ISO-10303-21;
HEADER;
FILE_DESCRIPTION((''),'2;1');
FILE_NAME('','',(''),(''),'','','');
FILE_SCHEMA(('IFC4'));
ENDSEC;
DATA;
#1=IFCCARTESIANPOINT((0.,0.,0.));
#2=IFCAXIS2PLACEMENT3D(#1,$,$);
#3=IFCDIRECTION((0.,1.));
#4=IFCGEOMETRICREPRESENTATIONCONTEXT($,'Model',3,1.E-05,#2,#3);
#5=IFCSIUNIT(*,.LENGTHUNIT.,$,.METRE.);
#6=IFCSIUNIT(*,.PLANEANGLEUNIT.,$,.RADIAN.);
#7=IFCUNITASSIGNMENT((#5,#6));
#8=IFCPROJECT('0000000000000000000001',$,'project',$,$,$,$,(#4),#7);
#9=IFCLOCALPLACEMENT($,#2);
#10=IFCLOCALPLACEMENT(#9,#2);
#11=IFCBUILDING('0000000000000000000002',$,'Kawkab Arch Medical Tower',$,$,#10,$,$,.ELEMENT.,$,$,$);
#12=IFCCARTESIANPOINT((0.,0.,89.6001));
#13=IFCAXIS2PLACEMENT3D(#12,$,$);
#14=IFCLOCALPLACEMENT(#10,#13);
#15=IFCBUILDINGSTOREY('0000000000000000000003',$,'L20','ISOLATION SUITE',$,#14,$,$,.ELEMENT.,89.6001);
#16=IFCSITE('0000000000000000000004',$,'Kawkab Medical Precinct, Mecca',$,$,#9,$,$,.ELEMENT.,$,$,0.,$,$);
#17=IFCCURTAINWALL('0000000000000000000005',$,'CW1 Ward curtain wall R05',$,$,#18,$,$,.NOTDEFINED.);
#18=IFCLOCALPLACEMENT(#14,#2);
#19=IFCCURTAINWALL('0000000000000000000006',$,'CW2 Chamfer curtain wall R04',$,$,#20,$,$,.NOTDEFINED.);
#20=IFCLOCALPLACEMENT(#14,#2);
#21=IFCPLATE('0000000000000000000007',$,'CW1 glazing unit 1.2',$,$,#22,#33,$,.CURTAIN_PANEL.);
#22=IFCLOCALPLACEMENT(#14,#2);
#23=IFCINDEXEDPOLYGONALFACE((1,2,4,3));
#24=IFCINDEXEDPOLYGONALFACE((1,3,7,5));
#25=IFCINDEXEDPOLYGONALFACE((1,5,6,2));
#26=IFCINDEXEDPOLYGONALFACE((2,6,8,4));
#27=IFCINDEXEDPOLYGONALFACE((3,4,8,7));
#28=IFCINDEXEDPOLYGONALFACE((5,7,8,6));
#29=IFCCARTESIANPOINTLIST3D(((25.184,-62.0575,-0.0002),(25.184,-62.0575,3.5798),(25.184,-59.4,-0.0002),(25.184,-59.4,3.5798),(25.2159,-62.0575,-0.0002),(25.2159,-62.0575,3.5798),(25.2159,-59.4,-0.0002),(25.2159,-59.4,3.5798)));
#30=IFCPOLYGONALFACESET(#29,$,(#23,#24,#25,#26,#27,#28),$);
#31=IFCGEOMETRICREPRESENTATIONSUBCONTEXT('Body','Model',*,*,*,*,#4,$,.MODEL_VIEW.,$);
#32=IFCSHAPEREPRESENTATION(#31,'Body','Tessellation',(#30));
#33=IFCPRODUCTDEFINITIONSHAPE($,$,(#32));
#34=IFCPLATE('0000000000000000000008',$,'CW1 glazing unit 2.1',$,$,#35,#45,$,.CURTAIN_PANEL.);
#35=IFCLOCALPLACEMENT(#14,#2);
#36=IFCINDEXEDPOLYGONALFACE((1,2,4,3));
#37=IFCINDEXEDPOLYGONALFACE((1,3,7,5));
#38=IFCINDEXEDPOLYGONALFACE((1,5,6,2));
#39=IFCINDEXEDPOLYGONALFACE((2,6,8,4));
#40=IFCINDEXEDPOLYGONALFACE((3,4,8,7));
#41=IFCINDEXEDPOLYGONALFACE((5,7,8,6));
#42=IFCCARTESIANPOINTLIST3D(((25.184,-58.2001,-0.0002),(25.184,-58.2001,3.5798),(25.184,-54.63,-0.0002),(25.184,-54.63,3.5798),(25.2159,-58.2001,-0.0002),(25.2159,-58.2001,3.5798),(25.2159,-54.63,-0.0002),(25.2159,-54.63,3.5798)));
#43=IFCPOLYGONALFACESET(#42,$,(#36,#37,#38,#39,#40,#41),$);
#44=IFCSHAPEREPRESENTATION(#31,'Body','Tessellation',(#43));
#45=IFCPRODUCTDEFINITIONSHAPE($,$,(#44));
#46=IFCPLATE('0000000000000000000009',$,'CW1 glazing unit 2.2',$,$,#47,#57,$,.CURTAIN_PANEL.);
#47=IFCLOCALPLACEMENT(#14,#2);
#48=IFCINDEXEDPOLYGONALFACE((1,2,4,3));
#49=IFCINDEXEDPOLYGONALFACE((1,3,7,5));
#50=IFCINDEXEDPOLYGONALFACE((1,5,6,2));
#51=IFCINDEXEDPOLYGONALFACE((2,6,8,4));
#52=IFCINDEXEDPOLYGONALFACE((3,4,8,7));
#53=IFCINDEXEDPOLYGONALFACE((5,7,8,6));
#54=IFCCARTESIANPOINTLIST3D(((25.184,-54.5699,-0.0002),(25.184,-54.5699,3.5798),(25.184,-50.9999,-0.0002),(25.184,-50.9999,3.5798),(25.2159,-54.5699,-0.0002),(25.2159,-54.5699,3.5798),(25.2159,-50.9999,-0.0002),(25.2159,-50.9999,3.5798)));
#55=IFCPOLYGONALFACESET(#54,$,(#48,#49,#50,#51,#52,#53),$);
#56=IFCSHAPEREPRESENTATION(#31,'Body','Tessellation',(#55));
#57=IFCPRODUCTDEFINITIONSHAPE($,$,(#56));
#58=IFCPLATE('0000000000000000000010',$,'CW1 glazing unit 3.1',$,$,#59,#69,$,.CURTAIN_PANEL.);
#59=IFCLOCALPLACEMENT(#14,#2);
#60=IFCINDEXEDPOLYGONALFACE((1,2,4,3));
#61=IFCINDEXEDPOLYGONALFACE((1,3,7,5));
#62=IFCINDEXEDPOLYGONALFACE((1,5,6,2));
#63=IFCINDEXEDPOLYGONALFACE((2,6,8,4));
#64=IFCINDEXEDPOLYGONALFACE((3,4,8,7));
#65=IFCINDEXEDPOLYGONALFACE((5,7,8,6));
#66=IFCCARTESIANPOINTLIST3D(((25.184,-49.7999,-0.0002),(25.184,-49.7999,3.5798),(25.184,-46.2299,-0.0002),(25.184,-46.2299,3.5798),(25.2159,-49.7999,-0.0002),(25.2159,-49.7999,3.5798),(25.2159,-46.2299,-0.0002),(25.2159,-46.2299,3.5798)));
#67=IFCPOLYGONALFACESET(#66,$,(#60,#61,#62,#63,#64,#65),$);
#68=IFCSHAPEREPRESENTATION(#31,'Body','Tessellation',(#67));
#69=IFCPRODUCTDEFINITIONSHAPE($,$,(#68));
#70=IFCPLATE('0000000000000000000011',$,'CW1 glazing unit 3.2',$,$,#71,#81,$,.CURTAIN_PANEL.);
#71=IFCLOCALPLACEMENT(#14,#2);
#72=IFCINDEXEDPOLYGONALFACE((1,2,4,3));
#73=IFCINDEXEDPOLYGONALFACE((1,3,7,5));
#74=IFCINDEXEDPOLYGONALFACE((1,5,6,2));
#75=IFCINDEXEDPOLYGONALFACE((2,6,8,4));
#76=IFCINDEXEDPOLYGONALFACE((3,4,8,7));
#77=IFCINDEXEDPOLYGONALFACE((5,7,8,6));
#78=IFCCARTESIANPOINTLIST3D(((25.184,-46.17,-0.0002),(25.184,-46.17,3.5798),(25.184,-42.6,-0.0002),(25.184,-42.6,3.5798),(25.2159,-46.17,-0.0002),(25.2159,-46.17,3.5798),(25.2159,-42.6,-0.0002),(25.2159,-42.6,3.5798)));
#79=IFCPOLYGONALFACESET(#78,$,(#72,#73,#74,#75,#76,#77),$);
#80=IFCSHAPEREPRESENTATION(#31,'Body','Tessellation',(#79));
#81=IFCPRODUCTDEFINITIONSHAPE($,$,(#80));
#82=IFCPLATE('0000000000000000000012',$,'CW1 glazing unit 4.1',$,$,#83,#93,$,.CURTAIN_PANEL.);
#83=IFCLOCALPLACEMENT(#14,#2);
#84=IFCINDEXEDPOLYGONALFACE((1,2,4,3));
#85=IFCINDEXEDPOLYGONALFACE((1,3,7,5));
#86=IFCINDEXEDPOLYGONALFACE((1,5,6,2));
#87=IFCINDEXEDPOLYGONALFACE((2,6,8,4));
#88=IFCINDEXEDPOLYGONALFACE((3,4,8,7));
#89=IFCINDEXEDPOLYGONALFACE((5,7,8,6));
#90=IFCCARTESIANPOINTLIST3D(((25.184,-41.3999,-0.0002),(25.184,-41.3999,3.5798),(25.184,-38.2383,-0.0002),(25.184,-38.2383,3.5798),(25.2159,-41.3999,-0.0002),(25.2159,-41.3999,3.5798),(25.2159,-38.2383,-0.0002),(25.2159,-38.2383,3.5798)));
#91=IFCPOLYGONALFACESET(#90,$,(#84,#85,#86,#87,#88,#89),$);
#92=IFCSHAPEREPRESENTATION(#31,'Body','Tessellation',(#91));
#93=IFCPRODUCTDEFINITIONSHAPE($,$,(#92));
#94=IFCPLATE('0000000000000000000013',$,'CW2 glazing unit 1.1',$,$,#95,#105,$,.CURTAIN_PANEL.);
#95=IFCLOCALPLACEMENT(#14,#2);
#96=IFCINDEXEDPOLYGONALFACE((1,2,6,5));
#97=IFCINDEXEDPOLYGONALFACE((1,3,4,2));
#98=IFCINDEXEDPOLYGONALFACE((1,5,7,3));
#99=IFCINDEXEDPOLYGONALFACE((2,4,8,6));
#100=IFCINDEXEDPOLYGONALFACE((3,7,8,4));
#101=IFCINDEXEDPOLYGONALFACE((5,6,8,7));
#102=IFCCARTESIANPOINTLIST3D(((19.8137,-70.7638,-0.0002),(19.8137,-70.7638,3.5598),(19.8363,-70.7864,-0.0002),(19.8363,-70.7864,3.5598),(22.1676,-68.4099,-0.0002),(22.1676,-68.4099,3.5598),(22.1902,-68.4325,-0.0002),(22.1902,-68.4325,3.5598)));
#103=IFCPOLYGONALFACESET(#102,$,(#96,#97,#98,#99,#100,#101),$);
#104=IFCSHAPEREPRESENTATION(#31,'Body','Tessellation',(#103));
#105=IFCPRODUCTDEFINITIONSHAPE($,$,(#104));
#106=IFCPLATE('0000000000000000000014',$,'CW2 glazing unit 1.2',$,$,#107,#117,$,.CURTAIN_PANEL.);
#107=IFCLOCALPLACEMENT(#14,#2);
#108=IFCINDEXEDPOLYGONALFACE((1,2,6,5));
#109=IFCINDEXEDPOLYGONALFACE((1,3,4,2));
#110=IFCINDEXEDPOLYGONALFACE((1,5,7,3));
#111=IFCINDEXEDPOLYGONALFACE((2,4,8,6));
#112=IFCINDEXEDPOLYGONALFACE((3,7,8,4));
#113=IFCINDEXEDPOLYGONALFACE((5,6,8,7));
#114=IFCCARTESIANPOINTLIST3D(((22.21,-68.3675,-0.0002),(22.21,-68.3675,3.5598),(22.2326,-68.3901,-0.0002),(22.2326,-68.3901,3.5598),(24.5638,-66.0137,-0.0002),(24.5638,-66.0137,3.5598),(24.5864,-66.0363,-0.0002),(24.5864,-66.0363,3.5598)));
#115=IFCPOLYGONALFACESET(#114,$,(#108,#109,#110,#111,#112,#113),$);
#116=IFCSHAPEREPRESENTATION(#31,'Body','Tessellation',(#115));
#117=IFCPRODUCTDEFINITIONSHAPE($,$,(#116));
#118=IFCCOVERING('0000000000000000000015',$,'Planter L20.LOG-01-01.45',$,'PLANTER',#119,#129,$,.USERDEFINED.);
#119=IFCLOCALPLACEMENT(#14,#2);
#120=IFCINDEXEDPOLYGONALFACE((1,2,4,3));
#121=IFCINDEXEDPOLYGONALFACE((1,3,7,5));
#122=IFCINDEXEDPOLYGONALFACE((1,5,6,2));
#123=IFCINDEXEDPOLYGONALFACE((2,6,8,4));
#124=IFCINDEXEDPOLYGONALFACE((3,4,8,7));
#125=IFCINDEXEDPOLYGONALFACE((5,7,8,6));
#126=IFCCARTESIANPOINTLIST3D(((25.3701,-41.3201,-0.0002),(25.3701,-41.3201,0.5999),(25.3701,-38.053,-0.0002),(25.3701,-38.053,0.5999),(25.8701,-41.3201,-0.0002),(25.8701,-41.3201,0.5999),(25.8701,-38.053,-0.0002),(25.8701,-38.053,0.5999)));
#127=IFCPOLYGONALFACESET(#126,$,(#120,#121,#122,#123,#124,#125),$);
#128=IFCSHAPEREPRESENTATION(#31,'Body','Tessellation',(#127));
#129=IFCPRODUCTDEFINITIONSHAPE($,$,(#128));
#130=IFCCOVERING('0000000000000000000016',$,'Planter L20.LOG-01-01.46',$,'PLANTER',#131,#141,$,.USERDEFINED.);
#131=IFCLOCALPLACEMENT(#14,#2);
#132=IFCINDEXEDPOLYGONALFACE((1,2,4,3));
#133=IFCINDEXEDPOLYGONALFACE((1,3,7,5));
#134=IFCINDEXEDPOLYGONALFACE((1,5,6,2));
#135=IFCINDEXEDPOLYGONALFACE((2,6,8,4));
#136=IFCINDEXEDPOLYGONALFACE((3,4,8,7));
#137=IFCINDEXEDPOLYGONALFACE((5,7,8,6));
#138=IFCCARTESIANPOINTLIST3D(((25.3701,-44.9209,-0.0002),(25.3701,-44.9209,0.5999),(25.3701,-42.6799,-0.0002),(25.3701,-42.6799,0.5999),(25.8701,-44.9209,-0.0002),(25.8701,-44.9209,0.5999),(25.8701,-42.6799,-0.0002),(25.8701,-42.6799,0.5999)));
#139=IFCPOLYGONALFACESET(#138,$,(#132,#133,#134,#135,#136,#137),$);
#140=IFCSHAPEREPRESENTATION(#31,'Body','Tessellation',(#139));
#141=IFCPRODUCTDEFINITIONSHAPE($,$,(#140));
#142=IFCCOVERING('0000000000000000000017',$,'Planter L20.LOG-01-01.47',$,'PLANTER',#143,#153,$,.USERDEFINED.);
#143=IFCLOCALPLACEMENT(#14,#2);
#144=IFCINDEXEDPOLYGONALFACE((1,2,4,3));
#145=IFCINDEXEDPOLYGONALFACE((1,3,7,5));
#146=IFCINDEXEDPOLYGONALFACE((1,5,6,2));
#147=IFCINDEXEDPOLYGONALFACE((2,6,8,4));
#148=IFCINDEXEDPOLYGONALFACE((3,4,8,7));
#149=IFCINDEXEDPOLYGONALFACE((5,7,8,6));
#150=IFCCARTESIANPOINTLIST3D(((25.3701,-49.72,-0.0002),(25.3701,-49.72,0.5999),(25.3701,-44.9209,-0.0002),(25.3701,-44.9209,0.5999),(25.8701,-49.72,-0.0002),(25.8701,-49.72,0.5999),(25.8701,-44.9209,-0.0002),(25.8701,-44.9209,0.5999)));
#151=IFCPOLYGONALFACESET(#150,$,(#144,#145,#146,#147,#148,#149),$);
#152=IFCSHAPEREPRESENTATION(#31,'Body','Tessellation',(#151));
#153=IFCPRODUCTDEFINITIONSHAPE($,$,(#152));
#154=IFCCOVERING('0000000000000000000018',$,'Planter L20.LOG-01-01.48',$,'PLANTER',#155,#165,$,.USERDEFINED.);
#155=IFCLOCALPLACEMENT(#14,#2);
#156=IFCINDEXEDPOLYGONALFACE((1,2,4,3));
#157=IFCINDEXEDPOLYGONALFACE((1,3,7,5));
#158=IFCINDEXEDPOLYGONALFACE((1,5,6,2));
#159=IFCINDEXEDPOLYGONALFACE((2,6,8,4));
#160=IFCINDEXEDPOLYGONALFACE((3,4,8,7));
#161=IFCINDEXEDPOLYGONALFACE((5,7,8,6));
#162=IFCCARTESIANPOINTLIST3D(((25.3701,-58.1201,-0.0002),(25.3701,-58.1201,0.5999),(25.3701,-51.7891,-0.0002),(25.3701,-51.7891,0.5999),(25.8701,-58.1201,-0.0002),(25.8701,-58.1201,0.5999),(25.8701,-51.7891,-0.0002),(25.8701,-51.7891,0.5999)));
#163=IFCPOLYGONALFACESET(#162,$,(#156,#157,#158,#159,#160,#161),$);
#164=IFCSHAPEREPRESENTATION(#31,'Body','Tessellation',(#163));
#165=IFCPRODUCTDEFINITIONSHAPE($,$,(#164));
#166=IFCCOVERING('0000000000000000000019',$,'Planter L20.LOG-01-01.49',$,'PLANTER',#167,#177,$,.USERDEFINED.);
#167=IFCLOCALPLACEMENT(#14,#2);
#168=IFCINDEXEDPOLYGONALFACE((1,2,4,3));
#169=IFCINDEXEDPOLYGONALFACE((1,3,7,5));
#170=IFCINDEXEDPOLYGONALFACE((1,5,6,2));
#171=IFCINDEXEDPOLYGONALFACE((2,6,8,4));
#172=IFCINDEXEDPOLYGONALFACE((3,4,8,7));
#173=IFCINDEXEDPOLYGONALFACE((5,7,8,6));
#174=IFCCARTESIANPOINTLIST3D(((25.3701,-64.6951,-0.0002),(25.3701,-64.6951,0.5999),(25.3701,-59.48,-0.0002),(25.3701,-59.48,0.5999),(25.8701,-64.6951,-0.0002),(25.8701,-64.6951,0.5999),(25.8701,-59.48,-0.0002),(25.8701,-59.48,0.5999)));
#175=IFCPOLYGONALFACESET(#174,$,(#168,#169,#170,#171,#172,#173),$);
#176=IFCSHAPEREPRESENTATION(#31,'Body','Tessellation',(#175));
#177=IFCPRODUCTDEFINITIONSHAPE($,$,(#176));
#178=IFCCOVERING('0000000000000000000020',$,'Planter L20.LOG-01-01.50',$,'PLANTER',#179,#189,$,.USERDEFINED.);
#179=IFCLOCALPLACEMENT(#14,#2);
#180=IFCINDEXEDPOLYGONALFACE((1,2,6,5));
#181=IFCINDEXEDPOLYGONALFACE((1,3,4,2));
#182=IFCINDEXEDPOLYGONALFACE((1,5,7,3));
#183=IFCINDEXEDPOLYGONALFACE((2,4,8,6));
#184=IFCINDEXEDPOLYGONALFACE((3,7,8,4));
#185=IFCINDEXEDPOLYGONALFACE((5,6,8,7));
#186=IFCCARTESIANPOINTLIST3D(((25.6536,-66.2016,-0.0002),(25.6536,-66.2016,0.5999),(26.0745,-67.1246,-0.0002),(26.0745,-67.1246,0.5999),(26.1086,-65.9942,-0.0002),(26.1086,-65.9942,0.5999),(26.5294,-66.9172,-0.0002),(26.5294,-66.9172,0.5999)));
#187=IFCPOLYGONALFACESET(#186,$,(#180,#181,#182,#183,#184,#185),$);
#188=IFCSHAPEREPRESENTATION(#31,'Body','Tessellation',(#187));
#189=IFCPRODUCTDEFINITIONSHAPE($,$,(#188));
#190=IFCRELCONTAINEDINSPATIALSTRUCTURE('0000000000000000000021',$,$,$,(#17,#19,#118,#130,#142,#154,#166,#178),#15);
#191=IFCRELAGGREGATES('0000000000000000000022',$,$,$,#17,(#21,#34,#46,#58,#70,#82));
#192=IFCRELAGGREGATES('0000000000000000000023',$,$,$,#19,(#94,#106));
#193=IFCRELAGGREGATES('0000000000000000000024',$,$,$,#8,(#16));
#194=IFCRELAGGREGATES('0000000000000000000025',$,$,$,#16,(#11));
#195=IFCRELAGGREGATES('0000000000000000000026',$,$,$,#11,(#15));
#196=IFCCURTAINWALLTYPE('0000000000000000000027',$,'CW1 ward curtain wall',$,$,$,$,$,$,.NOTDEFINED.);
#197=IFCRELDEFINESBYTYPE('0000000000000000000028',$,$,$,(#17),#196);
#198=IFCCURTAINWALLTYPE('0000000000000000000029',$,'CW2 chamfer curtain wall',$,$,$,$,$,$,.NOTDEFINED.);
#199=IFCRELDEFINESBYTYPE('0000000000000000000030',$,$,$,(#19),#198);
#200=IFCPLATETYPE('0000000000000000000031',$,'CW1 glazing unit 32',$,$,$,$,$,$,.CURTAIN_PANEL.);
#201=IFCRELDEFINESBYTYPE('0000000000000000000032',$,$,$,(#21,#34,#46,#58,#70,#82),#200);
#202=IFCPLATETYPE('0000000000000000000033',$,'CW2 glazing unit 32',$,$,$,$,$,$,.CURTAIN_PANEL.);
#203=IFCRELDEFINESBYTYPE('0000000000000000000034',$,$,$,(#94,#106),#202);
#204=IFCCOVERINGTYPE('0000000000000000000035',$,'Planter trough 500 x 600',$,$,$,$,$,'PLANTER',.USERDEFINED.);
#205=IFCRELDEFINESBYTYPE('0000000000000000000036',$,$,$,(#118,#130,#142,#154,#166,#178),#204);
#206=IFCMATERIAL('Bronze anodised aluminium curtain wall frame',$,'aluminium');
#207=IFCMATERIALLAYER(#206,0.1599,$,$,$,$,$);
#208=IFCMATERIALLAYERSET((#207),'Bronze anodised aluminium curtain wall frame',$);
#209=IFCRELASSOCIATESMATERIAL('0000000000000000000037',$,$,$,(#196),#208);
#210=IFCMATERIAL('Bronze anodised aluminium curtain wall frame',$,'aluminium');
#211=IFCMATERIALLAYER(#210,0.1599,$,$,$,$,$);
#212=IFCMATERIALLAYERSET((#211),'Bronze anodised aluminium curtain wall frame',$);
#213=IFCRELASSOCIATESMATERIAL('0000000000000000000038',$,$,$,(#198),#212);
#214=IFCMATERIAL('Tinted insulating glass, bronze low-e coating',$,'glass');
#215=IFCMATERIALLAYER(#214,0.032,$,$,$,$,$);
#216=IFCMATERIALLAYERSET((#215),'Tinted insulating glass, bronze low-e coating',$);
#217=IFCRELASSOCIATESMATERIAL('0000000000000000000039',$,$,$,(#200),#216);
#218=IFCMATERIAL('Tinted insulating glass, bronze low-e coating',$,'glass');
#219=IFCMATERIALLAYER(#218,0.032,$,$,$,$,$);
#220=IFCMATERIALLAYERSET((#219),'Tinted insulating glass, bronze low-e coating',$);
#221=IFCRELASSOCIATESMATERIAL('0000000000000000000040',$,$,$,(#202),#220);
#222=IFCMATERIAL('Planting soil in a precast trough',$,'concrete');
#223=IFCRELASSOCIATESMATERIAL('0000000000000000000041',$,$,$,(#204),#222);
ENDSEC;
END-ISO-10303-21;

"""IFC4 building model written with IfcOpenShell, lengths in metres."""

from ifc_helpers import new_model, si_unit, direction, frame, origin, origin_2d, place, context, subcontext, project, spatial, rectangle, extrude, material, layer, layer_set, material_profile, profile_set, type_object, element, aggregate, save


model = new_model("IFC4")

# Units and contexts
model_context = context("Model", 3, precision=1e-05, world=origin(), true_north=direction((0.0, 1.0)))
body_context = subcontext(model_context, "Body", "Model", "MODEL_VIEW")
ifc_project = project(units=[si_unit("LENGTHUNIT", "METRE"), si_unit("PLANEANGLEUNIT", "RADIAN")], contexts=[model_context])

# Site, building, storey
site_placement = place(None, origin())
site = spatial("IfcSite", under=ifc_project, at=site_placement, Name="Kawkab Medical Precinct, Mecca", CompositionType="ELEMENT", RefElevation=0.0)
building_placement = place(site_placement, origin())
building = spatial("IfcBuilding", under=site, at=building_placement, Name="Kawkab Arch Medical Tower", CompositionType="ELEMENT")
storey_placement = place(building_placement, frame((0.0, 0.0, 89.6001)))
storey = spatial("IfcBuildingStorey", under=building, at=storey_placement, Name="L20", Description="ISOLATION SUITE", CompositionType="ELEMENT", Elevation=89.6001)

# Curtain wall
ifc_material_1 = material(Name="Bronze anodised aluminium curtain wall frame", Category="aluminium")
ifc_layer_1 = layer(ifc_material_1, 0.1599)
ifc_layer_set_1 = layer_set([ifc_layer_1], Name="Bronze anodised aluminium curtain wall frame")
curtain_wall_type_1 = type_object("IfcCurtainWallType", Name="CW1 ward curtain wall", PredefinedType="NOTDEFINED", material=ifc_layer_set_1)
placement = place(storey_placement, origin())
curtain_wall_1 = element("IfcCurtainWall", 1, at=placement, inside=storey, type_object=curtain_wall_type_1, Name="CW1 Ward curtain wall R05", PredefinedType="NOTDEFINED")

# Curtain wall
ifc_material_2 = material(Name="Bronze anodised aluminium curtain wall frame", Category="aluminium")
ifc_layer_2 = layer(ifc_material_2, 0.1599)
ifc_layer_set_2 = layer_set([ifc_layer_2], Name="Bronze anodised aluminium curtain wall frame")
curtain_wall_type_2 = type_object("IfcCurtainWallType", Name="CW2 chamfer curtain wall", PredefinedType="NOTDEFINED", material=ifc_layer_set_2)
curtain_wall_2 = element("IfcCurtainWall", 2, at=placement, inside=storey, type_object=curtain_wall_type_2, Name="CW2 Chamfer curtain wall R04", PredefinedType="NOTDEFINED")

# Plates
ifc_material_3 = material(Name="Tinted insulating glass, bronze low-e coating", Category="glass")
ifc_layer_3 = layer(ifc_material_3, 0.032)
ifc_layer_set_3 = layer_set([ifc_layer_3], Name="Tinted insulating glass, bronze low-e coating")
plate_type_1 = type_object("IfcPlateType", Name="CW1 glazing unit 32", PredefinedType="CURTAIN_PANEL", material=ifc_layer_set_3)
plate_1_placement = place(storey_placement, frame((25.2, -60.7288, -0.0002), z_axis=(0.0, 0.0, 1.0), x_axis=(0.0, 1.0, 0.0)))
plate_1 = element("IfcPlate", 3, at=plate_1_placement, type_object=plate_type_1, Name="CW1 glazing unit 1.2", PredefinedType="CURTAIN_PANEL", context=body_context, shape_type="SweptSolid", body=[
    extrude(rectangle(XDim=2.6575, YDim=0.032, at=origin_2d()), origin(), (0.0, 0.0, 1.0), 3.5801),
])
plate_2_placement = place(storey_placement, frame((25.2, -56.415, -0.0002), z_axis=(0.0, 0.0, 1.0), x_axis=(0.0, 1.0, 0.0)))
plate_2 = element("IfcPlate", 4, at=plate_2_placement, type_object=plate_type_1, Name="CW1 glazing unit 2.1", PredefinedType="CURTAIN_PANEL", context=body_context, shape_type="SweptSolid", body=[
    extrude(rectangle(XDim=3.5701, YDim=0.032, at=origin_2d()), origin(), (0.0, 0.0, 1.0), 3.5801),
])
plate_3_placement = place(storey_placement, frame((25.2, -52.7849, -0.0002), z_axis=(0.0, 0.0, 1.0), x_axis=(0.0, 1.0, 0.0)))
plate_3 = element("IfcPlate", 5, at=plate_3_placement, type_object=plate_type_1, Name="CW1 glazing unit 2.2", PredefinedType="CURTAIN_PANEL", context=body_context, shape_type="SweptSolid", body=[
    extrude(rectangle(XDim=3.5701, YDim=0.032, at=origin_2d()), origin(), (0.0, 0.0, 1.0), 3.5801),
])
plate_4_placement = place(storey_placement, frame((25.2, -48.0149, -0.0002), z_axis=(0.0, 0.0, 1.0), x_axis=(0.0, 1.0, 0.0)))
plate_4 = element("IfcPlate", 6, at=plate_4_placement, type_object=plate_type_1, Name="CW1 glazing unit 3.1", PredefinedType="CURTAIN_PANEL", context=body_context, shape_type="SweptSolid", body=[
    extrude(rectangle(XDim=3.5701, YDim=0.032, at=origin_2d()), origin(), (0.0, 0.0, 1.0), 3.5801),
])
plate_5_placement = place(storey_placement, frame((25.2, -44.385, -0.0002), z_axis=(0.0, 0.0, 1.0), x_axis=(0.0, 1.0, 0.0)))
plate_5 = element("IfcPlate", 7, at=plate_5_placement, type_object=plate_type_1, Name="CW1 glazing unit 3.2", PredefinedType="CURTAIN_PANEL", context=body_context, shape_type="SweptSolid", body=[
    extrude(rectangle(XDim=3.5701, YDim=0.032, at=origin_2d()), origin(), (0.0, 0.0, 1.0), 3.5801),
])
plate_6_placement = place(storey_placement, frame((25.2, -39.8191, -0.0002), z_axis=(0.0, 0.0, 1.0), x_axis=(0.0, 1.0, 0.0)))
plate_6 = element("IfcPlate", 8, at=plate_6_placement, type_object=plate_type_1, Name="CW1 glazing unit 4.1", PredefinedType="CURTAIN_PANEL", context=body_context, shape_type="SweptSolid", body=[
    extrude(rectangle(XDim=3.1616, YDim=0.032, at=origin_2d()), origin(), (0.0, 0.0, 1.0), 3.5801),
])
aggregate(curtain_wall_1, [plate_1, plate_2, plate_3, plate_4, plate_5, plate_6])
ifc_material_4 = material(Name="Tinted insulating glass, bronze low-e coating", Category="glass")
ifc_layer_4 = layer(ifc_material_4, 0.032)
ifc_layer_set_4 = layer_set([ifc_layer_4], Name="Tinted insulating glass, bronze low-e coating")
plate_type_2 = type_object("IfcPlateType", Name="CW2 glazing unit 32", PredefinedType="CURTAIN_PANEL", material=ifc_layer_set_4)
plate_7_placement = place(storey_placement, frame((21.002, -69.5981, -0.0002), z_axis=(0.0, 0.0, 1.0), x_axis=(0.707107, 0.707107, 0.0)))
plate_7 = element("IfcPlate", 9, at=plate_7_placement, type_object=plate_type_2, Name="CW2 glazing unit 1.1", PredefinedType="CURTAIN_PANEL", context=body_context, shape_type="SweptSolid", body=[
    extrude(rectangle(XDim=3.3289, YDim=0.032, at=origin_2d()), origin(), (0.0, 0.0, 1.0), 3.5601),
])
plate_8_placement = place(storey_placement, frame((23.3982, -67.2019, -0.0002), z_axis=(0.0, 0.0, 1.0), x_axis=(0.707107, 0.707107, 0.0)))
plate_8 = element("IfcPlate", 10, at=plate_8_placement, type_object=plate_type_2, Name="CW2 glazing unit 1.2", PredefinedType="CURTAIN_PANEL", context=body_context, shape_type="SweptSolid", body=[
    extrude(rectangle(XDim=3.3289, YDim=0.032, at=origin_2d()), origin(), (0.0, 0.0, 1.0), 3.5601),
])
aggregate(curtain_wall_2, [plate_7, plate_8])

# Coverings
ifc_material_5 = material(Name="Planting soil in a precast trough", Category="concrete")
ifc_material_profile_1 = material_profile(ifc_material_5, rectangle(XDim=0.5, YDim=0.6001, at=origin_2d()), Name="Trough 500x600")
ifc_profile_set_1 = profile_set([ifc_material_profile_1], Name="Planting soil in a precast trough")
covering_type = type_object("IfcCoveringType", Name="Planter trough 500 x 600", ElementType="PLANTER", PredefinedType="USERDEFINED", material=ifc_profile_set_1)
covering_1_placement = place(storey_placement, frame((25.6201, -38.053, 0.2998), z_axis=(0.0, -1.0, 0.0), x_axis=(1.0, 0.0, 0.0)))
element("IfcCovering", 11, at=covering_1_placement, inside=storey, type_object=covering_type, Name="Planter L20.LOG-01-01.45", ObjectType="PLANTER", PredefinedType="USERDEFINED", context=body_context, shape_type="SweptSolid", body=[
    extrude(rectangle(XDim=0.5, YDim=0.6001, at=origin_2d()), origin(), (0.0, 0.0, 1.0), 3.2671),
])
covering_2_placement = place(storey_placement, frame((25.6201, -42.6799, 0.2998), z_axis=(0.0, -1.0, 0.0), x_axis=(1.0, 0.0, 0.0)))
element("IfcCovering", 12, at=covering_2_placement, inside=storey, type_object=covering_type, Name="Planter L20.LOG-01-01.46", ObjectType="PLANTER", PredefinedType="USERDEFINED", context=body_context, shape_type="SweptSolid", body=[
    extrude(rectangle(XDim=0.5, YDim=0.6001, at=origin_2d()), origin(), (0.0, 0.0, 1.0), 2.241),
])
covering_3_placement = place(storey_placement, frame((25.6201, -44.9209, 0.2998), z_axis=(0.0, -1.0, 0.0), x_axis=(1.0, 0.0, 0.0)))
element("IfcCovering", 13, at=covering_3_placement, inside=storey, type_object=covering_type, Name="Planter L20.LOG-01-01.47", ObjectType="PLANTER", PredefinedType="USERDEFINED", context=body_context, shape_type="SweptSolid", body=[
    extrude(rectangle(XDim=0.5, YDim=0.6001, at=origin_2d()), origin(), (0.0, 0.0, 1.0), 4.7991),
])
covering_4_placement = place(storey_placement, frame((25.6201, -51.7891, 0.2998), z_axis=(0.0, -1.0, 0.0), x_axis=(1.0, 0.0, 0.0)))
element("IfcCovering", 14, at=covering_4_placement, inside=storey, type_object=covering_type, Name="Planter L20.LOG-01-01.48", ObjectType="PLANTER", PredefinedType="USERDEFINED", context=body_context, shape_type="SweptSolid", body=[
    extrude(rectangle(XDim=0.5, YDim=0.6001, at=origin_2d()), origin(), (0.0, 0.0, 1.0), 6.3311),
])
covering_5_placement = place(storey_placement, frame((25.6201, -59.48, 0.2998), z_axis=(0.0, -1.0, 0.0), x_axis=(1.0, 0.0, 0.0)))
element("IfcCovering", 15, at=covering_5_placement, inside=storey, type_object=covering_type, Name="Planter L20.LOG-01-01.49", ObjectType="PLANTER", PredefinedType="USERDEFINED", context=body_context, shape_type="SweptSolid", body=[
    extrude(rectangle(XDim=0.5, YDim=0.6001, at=origin_2d()), origin(), (0.0, 0.0, 1.0), 5.2151),
])
covering_6_placement = place(storey_placement, frame((25.8811, -66.0979, 0.2998), z_axis=(0.414872, -0.90988, 0.0), x_axis=(0.90988, 0.414872, 0.0)))
element("IfcCovering", 16, at=covering_6_placement, inside=storey, type_object=covering_type, Name="Planter L20.LOG-01-01.50", ObjectType="PLANTER", PredefinedType="USERDEFINED", context=body_context, shape_type="SweptSolid", body=[
    extrude(rectangle(XDim=0.5, YDim=0.6001, at=origin_2d()), origin(), (0.0, 0.0, 1.0), 1.0144),
])

save(model, "model.ifc")
